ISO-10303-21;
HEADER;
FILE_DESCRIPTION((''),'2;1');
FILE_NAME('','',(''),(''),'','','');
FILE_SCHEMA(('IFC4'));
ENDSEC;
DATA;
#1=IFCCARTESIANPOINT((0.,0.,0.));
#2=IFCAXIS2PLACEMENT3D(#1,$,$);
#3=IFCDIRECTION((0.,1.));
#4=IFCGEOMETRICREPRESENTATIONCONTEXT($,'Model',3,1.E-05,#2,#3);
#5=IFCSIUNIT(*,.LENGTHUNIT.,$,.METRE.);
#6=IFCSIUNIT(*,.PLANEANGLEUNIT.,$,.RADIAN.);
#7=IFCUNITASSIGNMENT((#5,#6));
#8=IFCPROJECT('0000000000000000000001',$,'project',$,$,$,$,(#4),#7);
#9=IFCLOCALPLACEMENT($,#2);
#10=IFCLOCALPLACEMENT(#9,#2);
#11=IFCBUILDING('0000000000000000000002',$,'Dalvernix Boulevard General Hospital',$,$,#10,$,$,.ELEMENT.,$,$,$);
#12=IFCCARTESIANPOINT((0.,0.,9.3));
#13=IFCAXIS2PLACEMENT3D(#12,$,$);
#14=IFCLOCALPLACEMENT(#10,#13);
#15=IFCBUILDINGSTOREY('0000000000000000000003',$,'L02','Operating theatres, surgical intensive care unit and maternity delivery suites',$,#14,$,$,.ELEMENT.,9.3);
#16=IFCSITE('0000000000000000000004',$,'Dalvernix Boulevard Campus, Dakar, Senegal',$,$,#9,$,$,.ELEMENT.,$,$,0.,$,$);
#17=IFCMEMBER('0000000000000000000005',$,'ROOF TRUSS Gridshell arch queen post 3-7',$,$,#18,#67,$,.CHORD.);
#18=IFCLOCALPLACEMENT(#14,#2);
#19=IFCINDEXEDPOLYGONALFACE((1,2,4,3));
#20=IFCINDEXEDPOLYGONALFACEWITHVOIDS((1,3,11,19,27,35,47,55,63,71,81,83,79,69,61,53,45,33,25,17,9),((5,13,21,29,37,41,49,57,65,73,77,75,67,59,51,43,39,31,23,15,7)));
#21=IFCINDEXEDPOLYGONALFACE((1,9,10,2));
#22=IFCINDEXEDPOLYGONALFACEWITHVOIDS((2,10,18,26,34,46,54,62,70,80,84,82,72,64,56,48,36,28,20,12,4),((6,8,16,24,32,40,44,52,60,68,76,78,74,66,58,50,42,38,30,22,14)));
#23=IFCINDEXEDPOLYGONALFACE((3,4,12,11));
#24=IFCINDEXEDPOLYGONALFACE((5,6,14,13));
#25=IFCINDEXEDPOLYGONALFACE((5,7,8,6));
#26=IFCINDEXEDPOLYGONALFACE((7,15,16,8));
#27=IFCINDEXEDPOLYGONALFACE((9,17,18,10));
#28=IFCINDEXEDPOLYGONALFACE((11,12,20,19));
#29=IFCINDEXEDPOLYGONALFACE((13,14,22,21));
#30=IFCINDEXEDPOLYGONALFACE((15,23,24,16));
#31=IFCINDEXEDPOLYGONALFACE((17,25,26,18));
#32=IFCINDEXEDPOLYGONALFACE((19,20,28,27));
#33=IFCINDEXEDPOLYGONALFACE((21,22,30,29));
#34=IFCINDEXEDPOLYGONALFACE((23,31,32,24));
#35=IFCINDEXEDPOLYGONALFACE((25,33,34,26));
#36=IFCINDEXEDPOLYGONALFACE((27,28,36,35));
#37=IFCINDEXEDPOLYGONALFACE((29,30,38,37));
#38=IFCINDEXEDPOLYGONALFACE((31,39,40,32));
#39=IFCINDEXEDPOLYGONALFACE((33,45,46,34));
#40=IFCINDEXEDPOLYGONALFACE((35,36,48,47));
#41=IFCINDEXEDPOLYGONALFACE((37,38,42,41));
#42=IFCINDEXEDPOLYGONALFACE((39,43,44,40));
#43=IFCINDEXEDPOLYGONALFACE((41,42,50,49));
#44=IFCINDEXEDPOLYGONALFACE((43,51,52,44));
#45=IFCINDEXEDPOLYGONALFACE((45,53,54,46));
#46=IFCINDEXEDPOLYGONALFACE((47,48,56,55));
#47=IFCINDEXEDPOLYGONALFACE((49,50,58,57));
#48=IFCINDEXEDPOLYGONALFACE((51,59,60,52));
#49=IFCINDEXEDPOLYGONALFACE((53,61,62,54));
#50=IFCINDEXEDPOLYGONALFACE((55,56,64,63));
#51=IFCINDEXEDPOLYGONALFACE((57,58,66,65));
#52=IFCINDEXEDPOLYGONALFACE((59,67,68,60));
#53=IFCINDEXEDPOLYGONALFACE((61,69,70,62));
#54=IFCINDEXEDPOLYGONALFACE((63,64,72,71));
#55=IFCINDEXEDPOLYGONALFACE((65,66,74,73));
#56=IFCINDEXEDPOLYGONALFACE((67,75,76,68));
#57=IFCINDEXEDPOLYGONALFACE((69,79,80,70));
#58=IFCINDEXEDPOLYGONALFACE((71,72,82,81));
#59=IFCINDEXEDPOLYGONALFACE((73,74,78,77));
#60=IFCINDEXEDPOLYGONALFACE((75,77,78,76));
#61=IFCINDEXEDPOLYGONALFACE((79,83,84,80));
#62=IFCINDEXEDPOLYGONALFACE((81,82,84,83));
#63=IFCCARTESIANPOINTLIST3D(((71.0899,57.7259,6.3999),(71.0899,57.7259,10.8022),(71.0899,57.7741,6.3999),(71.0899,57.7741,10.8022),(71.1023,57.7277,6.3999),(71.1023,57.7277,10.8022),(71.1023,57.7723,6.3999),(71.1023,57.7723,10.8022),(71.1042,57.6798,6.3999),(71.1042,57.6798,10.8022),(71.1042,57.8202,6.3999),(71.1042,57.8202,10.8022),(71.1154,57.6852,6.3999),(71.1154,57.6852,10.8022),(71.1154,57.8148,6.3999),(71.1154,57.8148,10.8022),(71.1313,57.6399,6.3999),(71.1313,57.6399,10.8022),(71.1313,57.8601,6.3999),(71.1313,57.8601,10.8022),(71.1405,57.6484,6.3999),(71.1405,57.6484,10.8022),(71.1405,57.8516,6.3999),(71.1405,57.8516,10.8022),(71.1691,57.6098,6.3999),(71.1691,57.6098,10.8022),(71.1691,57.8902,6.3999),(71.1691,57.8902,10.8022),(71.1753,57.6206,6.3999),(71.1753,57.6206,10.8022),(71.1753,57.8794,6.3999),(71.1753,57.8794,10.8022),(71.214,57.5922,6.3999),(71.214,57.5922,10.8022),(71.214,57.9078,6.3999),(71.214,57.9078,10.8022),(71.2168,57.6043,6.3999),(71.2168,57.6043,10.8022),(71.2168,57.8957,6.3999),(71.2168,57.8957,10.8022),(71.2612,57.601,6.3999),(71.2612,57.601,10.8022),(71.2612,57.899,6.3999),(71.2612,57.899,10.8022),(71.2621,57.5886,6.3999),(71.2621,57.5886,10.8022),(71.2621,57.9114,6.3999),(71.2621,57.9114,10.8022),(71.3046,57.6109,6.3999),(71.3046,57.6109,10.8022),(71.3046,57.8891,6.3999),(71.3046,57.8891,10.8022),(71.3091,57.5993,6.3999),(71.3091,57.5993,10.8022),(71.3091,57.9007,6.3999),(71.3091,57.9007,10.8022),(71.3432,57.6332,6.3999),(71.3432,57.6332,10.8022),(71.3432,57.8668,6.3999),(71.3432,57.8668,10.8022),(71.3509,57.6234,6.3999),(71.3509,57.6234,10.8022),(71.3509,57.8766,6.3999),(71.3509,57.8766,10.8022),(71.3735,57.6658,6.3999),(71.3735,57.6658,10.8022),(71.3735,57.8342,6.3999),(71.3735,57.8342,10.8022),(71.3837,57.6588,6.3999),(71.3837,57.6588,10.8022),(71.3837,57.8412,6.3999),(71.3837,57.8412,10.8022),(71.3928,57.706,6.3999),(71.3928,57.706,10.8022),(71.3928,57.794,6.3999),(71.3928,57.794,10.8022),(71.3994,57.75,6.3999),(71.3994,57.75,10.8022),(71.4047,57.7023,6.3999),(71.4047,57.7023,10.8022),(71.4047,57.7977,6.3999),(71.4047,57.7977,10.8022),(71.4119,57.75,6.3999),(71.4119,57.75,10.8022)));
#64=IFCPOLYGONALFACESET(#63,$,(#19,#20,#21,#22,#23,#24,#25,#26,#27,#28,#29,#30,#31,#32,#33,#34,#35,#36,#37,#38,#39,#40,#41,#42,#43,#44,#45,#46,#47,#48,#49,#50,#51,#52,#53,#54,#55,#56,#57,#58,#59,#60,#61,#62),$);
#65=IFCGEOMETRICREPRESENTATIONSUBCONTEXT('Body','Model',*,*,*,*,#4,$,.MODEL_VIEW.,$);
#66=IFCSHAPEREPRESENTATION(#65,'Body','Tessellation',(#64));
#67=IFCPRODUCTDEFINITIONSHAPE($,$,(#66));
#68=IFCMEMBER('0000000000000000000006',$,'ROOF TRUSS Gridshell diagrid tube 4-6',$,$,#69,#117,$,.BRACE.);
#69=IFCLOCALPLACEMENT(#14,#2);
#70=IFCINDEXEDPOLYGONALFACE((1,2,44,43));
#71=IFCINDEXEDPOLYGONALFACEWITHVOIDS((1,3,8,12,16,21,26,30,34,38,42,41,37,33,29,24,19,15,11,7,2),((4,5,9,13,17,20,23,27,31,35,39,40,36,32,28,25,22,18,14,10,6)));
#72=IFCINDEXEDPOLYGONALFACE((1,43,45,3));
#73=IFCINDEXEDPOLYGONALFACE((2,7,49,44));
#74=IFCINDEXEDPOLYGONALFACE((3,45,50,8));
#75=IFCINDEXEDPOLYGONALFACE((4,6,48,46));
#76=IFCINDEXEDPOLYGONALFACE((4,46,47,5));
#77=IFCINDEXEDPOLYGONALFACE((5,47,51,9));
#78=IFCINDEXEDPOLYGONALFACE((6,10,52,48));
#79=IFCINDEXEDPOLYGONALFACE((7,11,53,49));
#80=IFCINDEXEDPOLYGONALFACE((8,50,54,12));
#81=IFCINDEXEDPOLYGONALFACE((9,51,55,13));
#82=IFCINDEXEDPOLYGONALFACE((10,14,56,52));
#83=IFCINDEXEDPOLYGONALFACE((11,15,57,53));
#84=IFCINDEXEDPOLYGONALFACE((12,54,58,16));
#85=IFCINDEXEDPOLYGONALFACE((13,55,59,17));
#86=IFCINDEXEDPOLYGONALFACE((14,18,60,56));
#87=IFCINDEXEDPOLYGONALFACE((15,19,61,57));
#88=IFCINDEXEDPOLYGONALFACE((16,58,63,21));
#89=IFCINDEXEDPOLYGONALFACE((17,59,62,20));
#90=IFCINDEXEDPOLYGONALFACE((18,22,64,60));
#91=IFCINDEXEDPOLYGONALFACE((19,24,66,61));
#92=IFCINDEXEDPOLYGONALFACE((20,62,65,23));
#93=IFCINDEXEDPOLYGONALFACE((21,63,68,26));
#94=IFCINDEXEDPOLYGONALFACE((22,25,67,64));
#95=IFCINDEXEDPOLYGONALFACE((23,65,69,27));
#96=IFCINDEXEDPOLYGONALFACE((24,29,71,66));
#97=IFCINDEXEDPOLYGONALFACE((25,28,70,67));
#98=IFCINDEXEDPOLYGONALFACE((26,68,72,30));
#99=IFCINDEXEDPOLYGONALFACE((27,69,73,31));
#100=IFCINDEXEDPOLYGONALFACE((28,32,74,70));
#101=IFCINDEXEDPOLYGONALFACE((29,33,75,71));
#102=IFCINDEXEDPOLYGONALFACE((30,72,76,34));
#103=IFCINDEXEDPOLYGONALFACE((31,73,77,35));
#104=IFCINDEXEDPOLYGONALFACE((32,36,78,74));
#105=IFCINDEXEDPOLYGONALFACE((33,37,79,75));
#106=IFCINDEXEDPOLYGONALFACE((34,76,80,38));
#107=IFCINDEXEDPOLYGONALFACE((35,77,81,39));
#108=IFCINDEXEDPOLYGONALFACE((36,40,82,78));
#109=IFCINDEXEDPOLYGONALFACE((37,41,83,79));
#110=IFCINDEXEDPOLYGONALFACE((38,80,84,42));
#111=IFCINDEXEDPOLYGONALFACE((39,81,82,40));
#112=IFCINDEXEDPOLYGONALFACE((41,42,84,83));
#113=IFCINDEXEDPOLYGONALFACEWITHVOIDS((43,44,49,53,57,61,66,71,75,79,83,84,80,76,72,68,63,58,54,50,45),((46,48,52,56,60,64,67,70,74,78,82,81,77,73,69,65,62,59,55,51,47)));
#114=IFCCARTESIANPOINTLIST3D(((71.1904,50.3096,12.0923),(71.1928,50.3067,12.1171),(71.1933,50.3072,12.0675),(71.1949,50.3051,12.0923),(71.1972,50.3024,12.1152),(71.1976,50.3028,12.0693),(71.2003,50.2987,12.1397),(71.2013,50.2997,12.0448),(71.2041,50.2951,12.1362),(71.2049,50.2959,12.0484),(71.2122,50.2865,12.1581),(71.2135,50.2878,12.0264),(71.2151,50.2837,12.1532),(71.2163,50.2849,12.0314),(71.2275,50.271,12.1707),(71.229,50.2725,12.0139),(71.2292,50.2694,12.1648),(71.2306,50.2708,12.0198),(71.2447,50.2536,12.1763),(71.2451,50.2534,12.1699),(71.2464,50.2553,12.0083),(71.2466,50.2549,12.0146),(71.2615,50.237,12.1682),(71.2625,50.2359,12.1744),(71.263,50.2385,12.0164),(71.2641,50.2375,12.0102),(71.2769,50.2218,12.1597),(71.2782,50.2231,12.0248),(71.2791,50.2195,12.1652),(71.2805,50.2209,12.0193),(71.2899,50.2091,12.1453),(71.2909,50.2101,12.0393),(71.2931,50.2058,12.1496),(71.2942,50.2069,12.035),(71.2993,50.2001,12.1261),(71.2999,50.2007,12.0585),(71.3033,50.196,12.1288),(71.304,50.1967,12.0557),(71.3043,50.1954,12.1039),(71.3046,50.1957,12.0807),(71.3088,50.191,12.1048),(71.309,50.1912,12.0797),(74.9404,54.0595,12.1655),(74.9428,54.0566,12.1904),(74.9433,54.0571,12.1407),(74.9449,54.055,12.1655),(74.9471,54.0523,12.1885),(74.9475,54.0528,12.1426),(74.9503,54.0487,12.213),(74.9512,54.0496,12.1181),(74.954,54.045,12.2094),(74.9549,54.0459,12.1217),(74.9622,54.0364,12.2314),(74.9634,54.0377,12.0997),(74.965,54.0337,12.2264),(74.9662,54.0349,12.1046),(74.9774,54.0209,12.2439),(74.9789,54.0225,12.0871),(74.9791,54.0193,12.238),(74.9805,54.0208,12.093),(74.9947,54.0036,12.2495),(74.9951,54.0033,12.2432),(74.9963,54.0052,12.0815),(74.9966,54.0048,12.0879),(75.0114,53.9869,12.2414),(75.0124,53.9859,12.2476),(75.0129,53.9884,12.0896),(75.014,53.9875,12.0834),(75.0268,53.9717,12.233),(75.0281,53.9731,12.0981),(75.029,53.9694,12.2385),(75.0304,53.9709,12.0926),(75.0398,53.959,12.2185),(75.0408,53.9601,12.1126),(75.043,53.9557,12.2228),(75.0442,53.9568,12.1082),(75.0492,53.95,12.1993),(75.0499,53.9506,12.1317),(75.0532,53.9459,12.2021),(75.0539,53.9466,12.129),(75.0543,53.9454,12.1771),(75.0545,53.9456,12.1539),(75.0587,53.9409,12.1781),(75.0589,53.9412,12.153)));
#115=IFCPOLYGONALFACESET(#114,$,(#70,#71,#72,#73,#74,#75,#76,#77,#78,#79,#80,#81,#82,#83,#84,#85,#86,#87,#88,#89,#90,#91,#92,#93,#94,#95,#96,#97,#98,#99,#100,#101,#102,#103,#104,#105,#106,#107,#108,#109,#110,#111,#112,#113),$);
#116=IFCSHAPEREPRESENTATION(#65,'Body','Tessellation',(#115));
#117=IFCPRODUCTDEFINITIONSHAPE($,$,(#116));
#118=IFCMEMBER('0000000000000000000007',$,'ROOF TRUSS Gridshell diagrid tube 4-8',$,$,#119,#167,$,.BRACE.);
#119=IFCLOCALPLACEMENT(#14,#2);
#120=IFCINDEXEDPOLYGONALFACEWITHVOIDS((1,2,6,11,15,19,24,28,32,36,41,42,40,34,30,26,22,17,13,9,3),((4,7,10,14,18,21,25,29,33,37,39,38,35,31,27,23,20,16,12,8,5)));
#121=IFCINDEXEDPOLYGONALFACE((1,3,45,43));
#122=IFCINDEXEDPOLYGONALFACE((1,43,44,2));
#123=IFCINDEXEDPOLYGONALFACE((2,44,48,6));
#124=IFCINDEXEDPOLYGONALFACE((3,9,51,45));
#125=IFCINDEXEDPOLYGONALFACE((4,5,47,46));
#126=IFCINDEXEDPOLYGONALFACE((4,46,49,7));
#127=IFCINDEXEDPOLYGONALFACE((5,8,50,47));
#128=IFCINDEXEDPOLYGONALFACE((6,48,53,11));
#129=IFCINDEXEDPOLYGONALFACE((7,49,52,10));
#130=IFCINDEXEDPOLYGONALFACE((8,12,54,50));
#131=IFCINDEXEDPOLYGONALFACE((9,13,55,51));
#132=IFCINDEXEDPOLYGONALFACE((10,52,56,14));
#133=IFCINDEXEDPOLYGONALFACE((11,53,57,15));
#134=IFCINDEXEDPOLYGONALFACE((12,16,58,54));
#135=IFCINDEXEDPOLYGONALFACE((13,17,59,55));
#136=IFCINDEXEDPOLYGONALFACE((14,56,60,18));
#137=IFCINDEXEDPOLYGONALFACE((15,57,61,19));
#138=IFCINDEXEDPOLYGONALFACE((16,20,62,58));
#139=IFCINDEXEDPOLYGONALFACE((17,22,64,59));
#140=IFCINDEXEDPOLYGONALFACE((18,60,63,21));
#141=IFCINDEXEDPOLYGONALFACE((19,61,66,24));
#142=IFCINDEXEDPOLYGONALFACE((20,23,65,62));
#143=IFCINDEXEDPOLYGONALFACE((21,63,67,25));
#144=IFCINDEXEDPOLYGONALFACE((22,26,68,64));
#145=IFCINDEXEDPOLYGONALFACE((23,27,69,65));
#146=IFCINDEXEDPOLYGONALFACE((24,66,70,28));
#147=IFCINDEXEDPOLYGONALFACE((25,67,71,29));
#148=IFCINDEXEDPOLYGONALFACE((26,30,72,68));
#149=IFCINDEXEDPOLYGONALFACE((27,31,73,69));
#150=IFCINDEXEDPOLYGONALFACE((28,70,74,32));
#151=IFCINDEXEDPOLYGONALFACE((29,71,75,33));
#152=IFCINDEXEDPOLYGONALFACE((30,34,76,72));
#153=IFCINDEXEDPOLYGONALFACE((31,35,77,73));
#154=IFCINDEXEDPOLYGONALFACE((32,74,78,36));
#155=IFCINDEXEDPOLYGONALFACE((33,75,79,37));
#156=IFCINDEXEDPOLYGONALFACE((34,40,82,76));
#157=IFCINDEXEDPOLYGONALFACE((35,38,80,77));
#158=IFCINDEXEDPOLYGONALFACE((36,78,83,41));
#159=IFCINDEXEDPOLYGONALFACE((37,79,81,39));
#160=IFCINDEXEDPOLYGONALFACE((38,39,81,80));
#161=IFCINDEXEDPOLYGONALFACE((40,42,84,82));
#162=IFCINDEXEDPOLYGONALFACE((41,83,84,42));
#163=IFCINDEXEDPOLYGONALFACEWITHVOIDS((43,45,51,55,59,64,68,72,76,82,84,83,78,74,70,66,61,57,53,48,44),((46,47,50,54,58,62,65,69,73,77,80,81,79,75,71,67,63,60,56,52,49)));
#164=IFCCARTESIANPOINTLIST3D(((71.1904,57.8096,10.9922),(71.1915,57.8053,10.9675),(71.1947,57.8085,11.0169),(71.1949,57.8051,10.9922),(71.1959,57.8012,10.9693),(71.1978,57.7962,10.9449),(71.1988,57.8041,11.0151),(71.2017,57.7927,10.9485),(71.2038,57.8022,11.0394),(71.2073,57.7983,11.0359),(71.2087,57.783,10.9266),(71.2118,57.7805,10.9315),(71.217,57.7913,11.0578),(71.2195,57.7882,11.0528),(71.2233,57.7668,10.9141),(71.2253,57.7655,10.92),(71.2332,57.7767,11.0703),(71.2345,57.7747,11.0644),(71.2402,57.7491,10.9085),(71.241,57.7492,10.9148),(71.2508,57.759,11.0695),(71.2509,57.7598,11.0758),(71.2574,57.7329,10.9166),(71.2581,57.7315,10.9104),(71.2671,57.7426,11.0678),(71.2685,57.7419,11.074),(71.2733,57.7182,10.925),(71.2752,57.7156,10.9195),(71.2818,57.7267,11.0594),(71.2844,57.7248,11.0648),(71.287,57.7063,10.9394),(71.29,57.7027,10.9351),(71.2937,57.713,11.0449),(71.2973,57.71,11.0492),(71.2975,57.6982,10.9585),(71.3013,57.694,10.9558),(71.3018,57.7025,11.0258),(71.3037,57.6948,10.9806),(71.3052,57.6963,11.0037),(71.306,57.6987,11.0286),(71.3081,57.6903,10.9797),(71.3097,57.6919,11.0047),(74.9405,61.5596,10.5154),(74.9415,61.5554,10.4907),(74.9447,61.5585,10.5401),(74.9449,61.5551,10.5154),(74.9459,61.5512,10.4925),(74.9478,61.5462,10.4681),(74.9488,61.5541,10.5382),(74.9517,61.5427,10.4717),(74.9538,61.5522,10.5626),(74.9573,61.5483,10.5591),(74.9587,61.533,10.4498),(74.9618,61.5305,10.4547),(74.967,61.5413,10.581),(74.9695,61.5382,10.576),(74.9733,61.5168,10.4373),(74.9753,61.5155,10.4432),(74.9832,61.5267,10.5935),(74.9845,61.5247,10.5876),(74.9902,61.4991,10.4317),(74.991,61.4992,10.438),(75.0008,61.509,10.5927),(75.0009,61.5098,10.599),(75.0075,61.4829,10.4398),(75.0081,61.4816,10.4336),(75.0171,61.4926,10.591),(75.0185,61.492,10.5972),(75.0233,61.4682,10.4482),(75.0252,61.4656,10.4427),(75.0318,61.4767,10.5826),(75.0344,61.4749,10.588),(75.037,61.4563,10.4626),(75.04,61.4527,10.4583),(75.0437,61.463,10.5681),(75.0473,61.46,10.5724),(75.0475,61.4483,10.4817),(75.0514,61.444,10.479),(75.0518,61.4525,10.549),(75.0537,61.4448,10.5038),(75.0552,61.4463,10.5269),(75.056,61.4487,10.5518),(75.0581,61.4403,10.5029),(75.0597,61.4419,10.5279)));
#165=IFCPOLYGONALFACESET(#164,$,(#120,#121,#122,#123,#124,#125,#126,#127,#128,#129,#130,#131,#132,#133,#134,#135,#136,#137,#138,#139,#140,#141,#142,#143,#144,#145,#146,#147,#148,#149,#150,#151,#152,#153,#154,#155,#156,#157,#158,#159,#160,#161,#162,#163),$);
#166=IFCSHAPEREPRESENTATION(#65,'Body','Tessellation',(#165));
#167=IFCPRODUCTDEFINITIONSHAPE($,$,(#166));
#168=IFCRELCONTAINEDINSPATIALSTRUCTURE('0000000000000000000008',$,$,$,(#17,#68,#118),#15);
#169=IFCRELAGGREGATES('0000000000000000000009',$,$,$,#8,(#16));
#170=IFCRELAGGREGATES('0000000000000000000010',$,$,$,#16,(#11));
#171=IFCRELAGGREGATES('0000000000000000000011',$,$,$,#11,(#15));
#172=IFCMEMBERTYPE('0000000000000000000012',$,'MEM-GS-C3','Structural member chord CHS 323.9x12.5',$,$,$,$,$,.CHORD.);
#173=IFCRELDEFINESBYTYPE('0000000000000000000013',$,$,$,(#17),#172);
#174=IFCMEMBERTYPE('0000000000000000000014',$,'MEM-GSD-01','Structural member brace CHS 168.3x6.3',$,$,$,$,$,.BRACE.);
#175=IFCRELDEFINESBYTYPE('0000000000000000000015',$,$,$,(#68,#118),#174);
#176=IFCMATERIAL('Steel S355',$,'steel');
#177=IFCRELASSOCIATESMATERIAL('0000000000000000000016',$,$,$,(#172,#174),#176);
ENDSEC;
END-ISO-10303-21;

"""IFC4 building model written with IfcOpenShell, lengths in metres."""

from ifc_helpers import new_model, si_unit, direction, frame, origin, origin_2d, place, context, subcontext, project, spatial, hollow_circle, extrude, material, material_profile, profile_set, type_object, element, save


model = new_model("IFC4")

# Units and contexts
model_context = context("Model", 3, precision=1e-05, world=origin(), true_north=direction((0.0, 1.0)))
body_context = subcontext(model_context, "Body", "Model", "MODEL_VIEW")
ifc_project = project(units=[si_unit("LENGTHUNIT", "METRE"), si_unit("PLANEANGLEUNIT", "RADIAN")], contexts=[model_context])

# Site, building, storey
site_placement = place(None, origin())
site = spatial("IfcSite", under=ifc_project, at=site_placement, Name="Dalvernix Boulevard Campus, Dakar, Senegal", CompositionType="ELEMENT", RefElevation=0.0)
building_placement = place(site_placement, origin())
building = spatial("IfcBuilding", under=site, at=building_placement, Name="Dalvernix Boulevard General Hospital", CompositionType="ELEMENT")
storey_placement = place(building_placement, frame((0.0, 0.0, 9.3)))
storey = spatial("IfcBuildingStorey", under=building, at=storey_placement, Name="L02", Description="Operating theatres, surgical intensive care unit and maternity delivery suites", CompositionType="ELEMENT", Elevation=9.3)

# Shared definitions
ifc_material_1 = material(Name="Steel S355", Category="steel")

# Members
ifc_material_profile_1 = material_profile(ifc_material_1, hollow_circle(Radius=0.1619, WallThickness=0.0125, at=origin_2d()), Name="CHS 323.9x12.5")
ifc_profile_set_1 = profile_set([ifc_material_profile_1], Name="Steel S355")
member_type_1 = type_object("IfcMemberType", Name="MEM-GS-C3", Description="Structural member chord CHS 323.9x12.5", PredefinedType="CHORD", material=ifc_profile_set_1)
member_1_placement = place(storey_placement, frame((71.25, 57.75, 6.3999), z_axis=(0.0, 0.0, 1.0), x_axis=(1.0, 0.0, 0.0)))
element("IfcMember", 1, at=member_1_placement, inside=storey, type_object=member_type_1, Name="ROOF TRUSS Gridshell arch queen post 3-7", PredefinedType="CHORD", context=body_context, shape_type="SweptSolid", body=[
    extrude(hollow_circle(Radius=0.1619, WallThickness=0.0125, at=origin_2d()), origin(), (0.0, 0.0, 1.0), 4.4023),
])
ifc_material_profile_2 = material_profile(ifc_material_1, hollow_circle(Radius=0.0842, WallThickness=0.0063, at=origin_2d()), Name="CHS 168.3x6.3")
ifc_profile_set_2 = profile_set([ifc_material_profile_2], Name="Steel S355")
member_type_2 = type_object("IfcMemberType", Name="MEM-GSD-01", Description="Structural member brace CHS 168.3x6.3", PredefinedType="BRACE", material=ifc_profile_set_2)
member_2_placement = place(storey_placement, frame((71.25, 50.25, 12.0923), z_axis=(0.707039, 0.707039, 0.013809), x_axis=(-0.707107, 0.707107, 0.0)))
element("IfcMember", 2, at=member_2_placement, inside=storey, type_object=member_type_2, Name="ROOF TRUSS Gridshell diagrid tube 4-6", PredefinedType="BRACE", context=body_context, shape_type="SweptSolid", body=[
    extrude(hollow_circle(Radius=0.0842, WallThickness=0.0063, at=origin_2d()), origin(), (0.0, 0.0, 1.0), 5.3037),
])
member_3_placement = place(storey_placement, frame((71.25, 57.75, 10.9922), z_axis=(0.704266, 0.704266, -0.089546), x_axis=(-0.707107, 0.707107, 0.0)))
element("IfcMember", 3, at=member_3_placement, inside=storey, type_object=member_type_2, Name="ROOF TRUSS Gridshell diagrid tube 4-8", PredefinedType="BRACE", context=body_context, shape_type="SweptSolid", body=[
    extrude(hollow_circle(Radius=0.0842, WallThickness=0.0063, at=origin_2d()), origin(), (0.0, 0.0, 1.0), 5.3247),
])

save(model, "model.ifc")
